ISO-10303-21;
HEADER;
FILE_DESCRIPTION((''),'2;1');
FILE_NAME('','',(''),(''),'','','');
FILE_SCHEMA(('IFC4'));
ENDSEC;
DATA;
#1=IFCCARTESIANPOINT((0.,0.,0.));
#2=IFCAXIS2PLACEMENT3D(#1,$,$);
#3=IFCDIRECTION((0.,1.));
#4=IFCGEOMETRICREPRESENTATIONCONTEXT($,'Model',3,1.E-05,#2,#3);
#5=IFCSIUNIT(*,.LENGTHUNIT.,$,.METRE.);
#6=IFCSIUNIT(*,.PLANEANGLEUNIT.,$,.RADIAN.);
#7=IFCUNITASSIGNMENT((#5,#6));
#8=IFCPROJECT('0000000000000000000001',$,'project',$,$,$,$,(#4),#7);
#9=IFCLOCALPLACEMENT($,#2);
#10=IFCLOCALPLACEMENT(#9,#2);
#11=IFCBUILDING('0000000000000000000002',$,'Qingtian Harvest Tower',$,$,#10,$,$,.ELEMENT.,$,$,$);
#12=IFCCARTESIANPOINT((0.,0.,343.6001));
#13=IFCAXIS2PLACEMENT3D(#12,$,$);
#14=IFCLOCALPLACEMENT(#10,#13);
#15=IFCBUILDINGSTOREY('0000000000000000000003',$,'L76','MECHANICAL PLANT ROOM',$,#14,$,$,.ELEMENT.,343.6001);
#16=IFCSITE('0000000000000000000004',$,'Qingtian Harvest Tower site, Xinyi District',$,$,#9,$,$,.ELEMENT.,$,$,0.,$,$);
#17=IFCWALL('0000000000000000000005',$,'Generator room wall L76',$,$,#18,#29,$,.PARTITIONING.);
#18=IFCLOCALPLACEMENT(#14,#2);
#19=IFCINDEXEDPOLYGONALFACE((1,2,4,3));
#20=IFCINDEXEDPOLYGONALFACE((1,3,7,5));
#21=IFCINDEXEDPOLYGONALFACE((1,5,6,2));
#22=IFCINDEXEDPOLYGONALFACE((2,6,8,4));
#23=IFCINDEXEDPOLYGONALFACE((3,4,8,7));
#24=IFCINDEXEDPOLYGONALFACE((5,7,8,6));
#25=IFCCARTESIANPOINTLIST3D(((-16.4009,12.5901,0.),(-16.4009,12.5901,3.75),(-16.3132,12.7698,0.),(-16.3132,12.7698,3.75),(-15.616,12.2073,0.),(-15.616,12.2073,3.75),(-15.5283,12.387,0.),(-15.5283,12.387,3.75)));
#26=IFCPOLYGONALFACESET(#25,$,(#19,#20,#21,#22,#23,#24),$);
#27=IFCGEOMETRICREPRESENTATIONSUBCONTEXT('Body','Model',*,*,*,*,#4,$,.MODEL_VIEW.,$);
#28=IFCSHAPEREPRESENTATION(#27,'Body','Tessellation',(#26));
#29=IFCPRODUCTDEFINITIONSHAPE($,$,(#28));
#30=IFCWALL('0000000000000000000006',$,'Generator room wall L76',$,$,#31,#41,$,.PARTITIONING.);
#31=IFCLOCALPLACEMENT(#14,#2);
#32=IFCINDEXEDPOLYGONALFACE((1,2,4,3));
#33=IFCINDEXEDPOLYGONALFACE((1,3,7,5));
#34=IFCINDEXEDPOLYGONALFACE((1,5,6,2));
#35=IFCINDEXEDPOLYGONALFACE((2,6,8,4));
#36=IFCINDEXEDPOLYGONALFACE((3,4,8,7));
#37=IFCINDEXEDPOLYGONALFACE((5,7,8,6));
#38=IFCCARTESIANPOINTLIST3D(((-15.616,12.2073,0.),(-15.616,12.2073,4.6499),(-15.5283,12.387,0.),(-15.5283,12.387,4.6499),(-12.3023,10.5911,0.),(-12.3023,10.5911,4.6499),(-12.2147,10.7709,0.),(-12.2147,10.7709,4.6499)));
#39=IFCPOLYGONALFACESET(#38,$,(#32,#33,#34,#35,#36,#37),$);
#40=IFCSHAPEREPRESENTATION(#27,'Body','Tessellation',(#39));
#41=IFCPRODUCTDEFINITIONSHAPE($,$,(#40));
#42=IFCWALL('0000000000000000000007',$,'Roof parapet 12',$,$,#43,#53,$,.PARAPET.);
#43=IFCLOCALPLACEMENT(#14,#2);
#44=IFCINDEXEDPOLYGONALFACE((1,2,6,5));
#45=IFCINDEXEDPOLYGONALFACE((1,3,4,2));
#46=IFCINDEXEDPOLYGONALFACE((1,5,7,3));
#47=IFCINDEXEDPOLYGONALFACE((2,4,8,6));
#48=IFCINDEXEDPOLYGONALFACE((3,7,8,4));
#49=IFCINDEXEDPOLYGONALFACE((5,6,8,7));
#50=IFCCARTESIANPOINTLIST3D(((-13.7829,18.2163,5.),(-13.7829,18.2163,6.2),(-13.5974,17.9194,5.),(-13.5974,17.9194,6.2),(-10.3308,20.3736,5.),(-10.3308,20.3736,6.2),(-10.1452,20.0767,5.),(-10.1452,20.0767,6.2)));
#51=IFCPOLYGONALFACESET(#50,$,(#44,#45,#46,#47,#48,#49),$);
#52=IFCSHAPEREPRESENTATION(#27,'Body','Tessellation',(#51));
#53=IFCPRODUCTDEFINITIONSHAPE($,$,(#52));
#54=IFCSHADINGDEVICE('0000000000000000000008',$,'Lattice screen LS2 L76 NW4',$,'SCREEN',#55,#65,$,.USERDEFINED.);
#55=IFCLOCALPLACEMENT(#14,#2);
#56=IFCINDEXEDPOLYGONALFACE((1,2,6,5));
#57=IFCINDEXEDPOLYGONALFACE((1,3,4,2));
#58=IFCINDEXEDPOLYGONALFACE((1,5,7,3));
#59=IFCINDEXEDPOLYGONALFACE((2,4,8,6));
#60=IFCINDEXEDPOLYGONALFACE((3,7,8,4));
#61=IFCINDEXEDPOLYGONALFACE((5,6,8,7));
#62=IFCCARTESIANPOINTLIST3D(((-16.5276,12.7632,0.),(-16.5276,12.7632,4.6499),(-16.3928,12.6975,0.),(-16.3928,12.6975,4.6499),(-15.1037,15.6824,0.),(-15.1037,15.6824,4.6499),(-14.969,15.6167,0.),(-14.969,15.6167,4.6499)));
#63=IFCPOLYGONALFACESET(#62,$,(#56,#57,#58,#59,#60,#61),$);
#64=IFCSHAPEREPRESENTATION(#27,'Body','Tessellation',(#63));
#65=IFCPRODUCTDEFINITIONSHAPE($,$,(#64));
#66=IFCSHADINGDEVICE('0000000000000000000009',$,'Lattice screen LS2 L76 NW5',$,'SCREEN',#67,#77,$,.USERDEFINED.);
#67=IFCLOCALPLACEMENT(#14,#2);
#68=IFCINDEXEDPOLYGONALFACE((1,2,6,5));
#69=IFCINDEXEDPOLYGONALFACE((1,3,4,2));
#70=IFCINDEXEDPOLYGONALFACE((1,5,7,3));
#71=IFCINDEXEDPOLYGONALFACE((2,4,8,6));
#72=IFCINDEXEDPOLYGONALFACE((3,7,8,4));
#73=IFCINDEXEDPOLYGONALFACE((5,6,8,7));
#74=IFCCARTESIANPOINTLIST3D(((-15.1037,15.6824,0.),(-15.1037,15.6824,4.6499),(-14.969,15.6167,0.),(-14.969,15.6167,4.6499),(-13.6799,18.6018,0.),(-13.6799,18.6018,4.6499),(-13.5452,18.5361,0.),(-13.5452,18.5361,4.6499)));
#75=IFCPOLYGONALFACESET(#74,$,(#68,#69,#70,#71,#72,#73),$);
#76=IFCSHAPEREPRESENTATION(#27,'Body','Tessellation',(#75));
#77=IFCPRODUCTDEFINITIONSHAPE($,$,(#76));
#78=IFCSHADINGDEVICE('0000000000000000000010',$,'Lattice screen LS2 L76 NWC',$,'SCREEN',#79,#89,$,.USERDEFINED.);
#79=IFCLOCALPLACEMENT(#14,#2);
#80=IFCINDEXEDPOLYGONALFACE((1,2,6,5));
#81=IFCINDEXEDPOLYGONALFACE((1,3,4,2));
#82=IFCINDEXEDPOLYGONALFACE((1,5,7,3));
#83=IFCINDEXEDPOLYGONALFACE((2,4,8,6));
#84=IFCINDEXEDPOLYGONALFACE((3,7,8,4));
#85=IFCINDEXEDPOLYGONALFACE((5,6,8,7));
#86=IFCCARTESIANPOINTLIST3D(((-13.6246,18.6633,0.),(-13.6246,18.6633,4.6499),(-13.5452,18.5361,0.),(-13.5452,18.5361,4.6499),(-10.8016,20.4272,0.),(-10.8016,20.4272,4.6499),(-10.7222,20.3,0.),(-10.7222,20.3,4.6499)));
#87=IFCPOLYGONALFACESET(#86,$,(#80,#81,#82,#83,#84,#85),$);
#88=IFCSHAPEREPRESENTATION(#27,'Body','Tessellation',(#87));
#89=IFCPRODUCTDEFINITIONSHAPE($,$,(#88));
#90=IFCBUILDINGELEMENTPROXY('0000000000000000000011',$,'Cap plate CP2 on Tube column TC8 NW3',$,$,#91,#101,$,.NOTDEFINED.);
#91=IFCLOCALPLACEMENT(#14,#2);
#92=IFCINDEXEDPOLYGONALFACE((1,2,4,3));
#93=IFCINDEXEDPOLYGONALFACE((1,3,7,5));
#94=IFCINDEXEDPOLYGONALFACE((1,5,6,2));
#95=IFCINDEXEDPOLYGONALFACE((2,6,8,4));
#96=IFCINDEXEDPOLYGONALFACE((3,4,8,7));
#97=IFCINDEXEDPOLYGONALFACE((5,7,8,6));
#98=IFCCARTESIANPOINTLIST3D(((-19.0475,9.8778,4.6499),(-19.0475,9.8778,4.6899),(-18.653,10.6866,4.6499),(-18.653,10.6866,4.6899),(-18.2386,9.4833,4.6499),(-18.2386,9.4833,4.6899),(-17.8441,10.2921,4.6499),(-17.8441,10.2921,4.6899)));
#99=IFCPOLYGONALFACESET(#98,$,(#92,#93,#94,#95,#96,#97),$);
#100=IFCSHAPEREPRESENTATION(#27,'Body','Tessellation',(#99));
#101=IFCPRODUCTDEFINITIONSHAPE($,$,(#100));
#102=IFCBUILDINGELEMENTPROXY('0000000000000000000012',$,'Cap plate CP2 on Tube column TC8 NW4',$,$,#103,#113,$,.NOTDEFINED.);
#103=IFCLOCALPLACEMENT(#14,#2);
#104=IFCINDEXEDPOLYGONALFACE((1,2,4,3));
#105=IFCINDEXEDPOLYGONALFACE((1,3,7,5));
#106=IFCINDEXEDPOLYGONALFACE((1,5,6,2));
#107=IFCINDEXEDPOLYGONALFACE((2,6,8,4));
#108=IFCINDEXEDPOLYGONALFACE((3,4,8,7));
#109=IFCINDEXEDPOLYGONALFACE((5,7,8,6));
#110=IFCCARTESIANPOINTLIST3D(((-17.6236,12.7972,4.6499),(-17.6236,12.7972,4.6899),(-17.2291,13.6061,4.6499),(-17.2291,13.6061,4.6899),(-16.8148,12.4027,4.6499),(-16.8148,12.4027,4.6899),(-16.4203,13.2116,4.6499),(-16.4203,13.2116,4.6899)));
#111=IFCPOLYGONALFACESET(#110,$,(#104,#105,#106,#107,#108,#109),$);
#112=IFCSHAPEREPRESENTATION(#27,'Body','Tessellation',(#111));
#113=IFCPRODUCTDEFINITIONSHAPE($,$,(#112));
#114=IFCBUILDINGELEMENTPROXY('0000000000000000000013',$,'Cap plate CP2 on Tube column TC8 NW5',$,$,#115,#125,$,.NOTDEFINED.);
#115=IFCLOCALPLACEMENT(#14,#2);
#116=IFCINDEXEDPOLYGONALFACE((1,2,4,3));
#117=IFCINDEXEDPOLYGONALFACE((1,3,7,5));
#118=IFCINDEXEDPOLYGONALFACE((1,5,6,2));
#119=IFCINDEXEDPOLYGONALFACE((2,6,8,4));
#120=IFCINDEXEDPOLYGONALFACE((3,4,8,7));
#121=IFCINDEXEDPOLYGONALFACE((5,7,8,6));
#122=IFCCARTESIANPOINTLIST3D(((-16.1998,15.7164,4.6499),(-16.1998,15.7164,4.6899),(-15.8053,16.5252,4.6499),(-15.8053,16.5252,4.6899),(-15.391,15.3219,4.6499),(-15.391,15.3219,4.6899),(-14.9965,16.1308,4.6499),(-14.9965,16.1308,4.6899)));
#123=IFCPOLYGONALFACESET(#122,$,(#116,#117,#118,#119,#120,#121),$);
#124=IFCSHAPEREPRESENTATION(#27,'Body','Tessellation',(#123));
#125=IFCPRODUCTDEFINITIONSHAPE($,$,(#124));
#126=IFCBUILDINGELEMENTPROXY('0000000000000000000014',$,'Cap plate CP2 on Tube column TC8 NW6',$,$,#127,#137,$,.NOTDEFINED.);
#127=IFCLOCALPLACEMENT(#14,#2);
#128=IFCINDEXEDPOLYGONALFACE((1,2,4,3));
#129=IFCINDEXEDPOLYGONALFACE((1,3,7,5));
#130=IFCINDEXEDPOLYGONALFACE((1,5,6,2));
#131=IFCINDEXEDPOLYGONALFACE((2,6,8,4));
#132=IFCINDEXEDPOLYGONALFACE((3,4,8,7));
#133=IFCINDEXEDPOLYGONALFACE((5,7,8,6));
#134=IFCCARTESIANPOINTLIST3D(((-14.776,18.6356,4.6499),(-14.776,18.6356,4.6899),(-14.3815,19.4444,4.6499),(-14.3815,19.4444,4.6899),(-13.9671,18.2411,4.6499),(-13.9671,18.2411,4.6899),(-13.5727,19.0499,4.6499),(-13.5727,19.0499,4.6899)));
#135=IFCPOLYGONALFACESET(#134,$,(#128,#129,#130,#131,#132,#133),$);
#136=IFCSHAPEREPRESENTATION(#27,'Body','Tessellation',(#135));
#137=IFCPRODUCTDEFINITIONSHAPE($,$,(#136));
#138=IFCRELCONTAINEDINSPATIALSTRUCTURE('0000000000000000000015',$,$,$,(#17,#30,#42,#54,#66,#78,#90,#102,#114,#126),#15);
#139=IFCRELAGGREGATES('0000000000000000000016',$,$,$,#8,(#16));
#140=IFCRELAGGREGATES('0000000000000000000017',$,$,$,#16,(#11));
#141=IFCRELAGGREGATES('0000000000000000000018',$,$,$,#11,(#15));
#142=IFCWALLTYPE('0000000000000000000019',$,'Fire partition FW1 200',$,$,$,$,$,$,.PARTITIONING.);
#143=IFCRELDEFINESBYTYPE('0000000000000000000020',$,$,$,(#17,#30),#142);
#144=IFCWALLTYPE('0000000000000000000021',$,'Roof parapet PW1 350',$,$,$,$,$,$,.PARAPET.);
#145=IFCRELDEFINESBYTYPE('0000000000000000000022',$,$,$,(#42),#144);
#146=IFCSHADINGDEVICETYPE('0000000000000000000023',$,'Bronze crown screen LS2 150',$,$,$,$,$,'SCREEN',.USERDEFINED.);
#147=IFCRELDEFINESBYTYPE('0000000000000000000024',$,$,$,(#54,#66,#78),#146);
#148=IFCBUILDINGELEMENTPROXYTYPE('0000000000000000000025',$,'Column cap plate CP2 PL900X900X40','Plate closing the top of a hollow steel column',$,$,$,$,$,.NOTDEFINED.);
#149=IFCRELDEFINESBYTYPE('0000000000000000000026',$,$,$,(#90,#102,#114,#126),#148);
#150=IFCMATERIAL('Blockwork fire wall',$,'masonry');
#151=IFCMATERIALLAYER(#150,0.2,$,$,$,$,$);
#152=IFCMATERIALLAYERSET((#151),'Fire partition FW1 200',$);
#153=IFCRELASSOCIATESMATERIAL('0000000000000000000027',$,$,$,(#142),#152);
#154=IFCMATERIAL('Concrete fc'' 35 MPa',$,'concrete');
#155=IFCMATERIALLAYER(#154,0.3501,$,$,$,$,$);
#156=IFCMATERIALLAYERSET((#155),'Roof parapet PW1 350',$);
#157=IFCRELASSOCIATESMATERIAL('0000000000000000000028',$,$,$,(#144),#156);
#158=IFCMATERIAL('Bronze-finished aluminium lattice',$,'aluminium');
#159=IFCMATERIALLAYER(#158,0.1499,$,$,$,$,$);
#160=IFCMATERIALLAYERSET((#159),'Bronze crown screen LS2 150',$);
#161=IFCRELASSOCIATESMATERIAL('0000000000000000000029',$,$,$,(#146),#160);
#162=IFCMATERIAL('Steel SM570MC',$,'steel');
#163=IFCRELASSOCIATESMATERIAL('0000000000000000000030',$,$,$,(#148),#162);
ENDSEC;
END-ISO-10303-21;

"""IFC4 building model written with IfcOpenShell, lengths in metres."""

from ifc_helpers import new_model, si_unit, direction, frame, frame_2d, origin, origin_2d, place, context, subcontext, project, spatial, polyline, rectangle, outline, extrude, material, layer, layer_set, material_profile, profile_set, type_object, element, save


model = new_model("IFC4")

# Units and contexts
model_context = context("Model", 3, precision=1e-05, world=origin(), true_north=direction((0.0, 1.0)))
body_context = subcontext(model_context, "Body", "Model", "MODEL_VIEW")
ifc_project = project(units=[si_unit("LENGTHUNIT", "METRE"), si_unit("PLANEANGLEUNIT", "RADIAN")], contexts=[model_context])

# Site, building, storey
site_placement = place(None, origin())
site = spatial("IfcSite", under=ifc_project, at=site_placement, Name="Qingtian Harvest Tower site, Xinyi District", CompositionType="ELEMENT", RefElevation=0.0)
building_placement = place(site_placement, origin())
building = spatial("IfcBuilding", under=site, at=building_placement, Name="Qingtian Harvest Tower", CompositionType="ELEMENT")
storey_placement = place(building_placement, frame((0.0, 0.0, 343.6001)))
storey = spatial("IfcBuildingStorey", under=building, at=storey_placement, Name="L76", Description="MECHANICAL PLANT ROOM", CompositionType="ELEMENT", Elevation=343.6001)

# Walls
ifc_material_1 = material(Name="Blockwork fire wall", Category="masonry")
ifc_layer_1 = layer(ifc_material_1, 0.2)
ifc_layer_set_1 = layer_set([ifc_layer_1], Name="Fire partition FW1 200")
wall_type_1 = type_object("IfcWallType", Name="Fire partition FW1 200", PredefinedType="PARTITIONING", material=ifc_layer_set_1)
wall_1_placement = place(storey_placement, frame((-16.3569, 12.6799, 0.0), z_axis=(0.0, 0.0, 1.0), x_axis=(0.898801, -0.438358, 0.0)))
element("IfcWall", 1, at=wall_1_placement, inside=storey, type_object=wall_type_1, Name="Generator room wall L76", PredefinedType="PARTITIONING", context=body_context, shape_type="SweptSolid", body=[
    extrude(rectangle(XDim=0.8733, YDim=0.2, at=frame_2d((0.4365, 0.0))), origin(), (0.0, 0.0, 1.0), 3.75),
])
wall_2_placement = place(storey_placement, frame((-15.572, 12.2971, 0.0), z_axis=(0.0, 0.0, 1.0), x_axis=(0.898794, -0.438371, 0.0)))
element("IfcWall", 2, at=wall_2_placement, inside=storey, type_object=wall_type_1, Name="Generator room wall L76", PredefinedType="PARTITIONING", context=body_context, shape_type="SweptSolid", body=[
    extrude(rectangle(XDim=3.6868, YDim=0.2, at=frame_2d((1.8433, 0.0))), origin(), (0.0, 0.0, 1.0), 4.6499),
])
ifc_material_2 = material(Name="Concrete fc' 35 MPa", Category="concrete")
ifc_layer_2 = layer(ifc_material_2, 0.3501)
ifc_layer_set_2 = layer_set([ifc_layer_2], Name="Roof parapet PW1 350")
wall_type_2 = type_object("IfcWallType", Name="Roof parapet PW1 350", PredefinedType="PARAPET", material=ifc_layer_set_2)
wall_3_placement = place(storey_placement, frame((-13.6902, 18.0679, 5.0), z_axis=(0.0, 0.0, 1.0), x_axis=(0.848039, 0.529934, 0.0)))
element("IfcWall", 3, at=wall_3_placement, inside=storey, type_object=wall_type_2, Name="Roof parapet 12", PredefinedType="PARAPET", context=body_context, shape_type="SweptSolid", body=[
    extrude(rectangle(XDim=4.0708, YDim=0.3501, at=frame_2d((2.0354, 0.0))), origin(), (0.0, 0.0, 1.0), 1.2),
])

# Shading devices
ifc_material_3 = material(Name="Bronze-finished aluminium lattice", Category="aluminium")
ifc_layer_3 = layer(ifc_material_3, 0.1499)
ifc_layer_set_3 = layer_set([ifc_layer_3], Name="Bronze crown screen LS2 150")
shading_device_type = type_object("IfcShadingDeviceType", Name="Bronze crown screen LS2 150", ElementType="SCREEN", PredefinedType="USERDEFINED", material=ifc_layer_set_3)
shading_device_1_placement = place(storey_placement, frame((-16.3928, 12.6975, 0.0), z_axis=(0.898789, -0.438382, 0.0), x_axis=(0.438382, 0.898789, 0.0)))
element("IfcShadingDevice", 4, at=shading_device_1_placement, inside=storey, type_object=shading_device_type, Name="Lattice screen LS2 L76 NW4", ObjectType="SCREEN", PredefinedType="USERDEFINED", context=body_context, shape_type="SweptSolid", body=[
    extrude(outline(polyline([(0.0, 0.0), (3.2479, 0.0), (3.2479, 4.6499), (0.0, 4.6499), (0.0, 0.0)])), origin(), (0.0, 0.0, -1.0), 0.1499),
])
shading_device_2_placement = place(storey_placement, frame((-14.969, 15.6167, 0.0), z_axis=(0.898803, -0.438353, 0.0), x_axis=(0.438353, 0.898803, 0.0)))
element("IfcShadingDevice", 5, at=shading_device_2_placement, inside=storey, type_object=shading_device_type, Name="Lattice screen LS2 L76 NW5", ObjectType="SCREEN", PredefinedType="USERDEFINED", context=body_context, shape_type="SweptSolid", body=[
    extrude(outline(polyline([(0.0, 0.0), (3.2481, 0.0), (3.2481, 4.6499), (0.0, 4.6499), (0.0, 0.0)])), origin(), (0.0, 0.0, -1.0), 0.1499),
])
shading_device_3_placement = place(storey_placement, frame((-13.5452, 18.5361, 0.0), z_axis=(0.5299, -0.84806, 0.0), x_axis=(0.84806, 0.5299, 0.0)))
element("IfcShadingDevice", 6, at=shading_device_3_placement, inside=storey, type_object=shading_device_type, Name="Lattice screen LS2 L76 NWC", ObjectType="SCREEN", PredefinedType="USERDEFINED", context=body_context, shape_type="SweptSolid", body=[
    extrude(outline(polyline([(0.0, 0.0), (3.3288, 0.0), (3.3288, 4.6499), (0.0, 4.6499), (0.0, 0.0)])), origin(), (0.0, 0.0, -1.0), 0.1499),
])

# Building element proxies
ifc_material_4 = material(Name="Steel SM570MC", Category="steel")
ifc_material_profile_1 = material_profile(ifc_material_4, rectangle(XDim=0.8999, YDim=0.8999, at=origin_2d()), Name="PL900X900X40")
ifc_profile_set_1 = profile_set([ifc_material_profile_1], Name="Steel SM570MC")
building_element_proxy_type = type_object("IfcBuildingElementProxyType", Name="Column cap plate CP2 PL900X900X40", Description="Plate closing the top of a hollow steel column", PredefinedType="NOTDEFINED", material=ifc_profile_set_1)
for number, where, z_axis, x_axis, name in (
    (7, (-18.4458, 10.085, 4.6499), (0.0, 0.0, 1.0), (-0.438371, -0.898794, 0.0), "Cap plate CP2 on Tube column TC8 NW3"),
    (8, (-17.022, 13.0044, 4.6499), (0.0, 0.0, 1.0), (-0.438371, -0.898794, 0.0), "Cap plate CP2 on Tube column TC8 NW4"),
    (9, (-15.5981, 15.9236, 4.6499), (0.0, 0.0, 1.0), (-0.438371, -0.898794, 0.0), "Cap plate CP2 on Tube column TC8 NW5"),
    (10, (-14.1743, 18.8428, 4.6499), (0.0, 0.0, 1.0), (-0.438371, -0.898794, 0.0), "Cap plate CP2 on Tube column TC8 NW6"),
):
    element("IfcBuildingElementProxy", number, at=place(storey_placement, frame(where, z_axis=z_axis, x_axis=x_axis)), inside=storey, type_object=building_element_proxy_type, Name=name, PredefinedType="NOTDEFINED", context=body_context, shape_type="SweptSolid", body=[
        extrude(rectangle(XDim=0.8999, YDim=0.8999, at=origin_2d()), origin(), (0.0, 0.0, 1.0), 0.04),
    ])

save(model, "model.ifc")
